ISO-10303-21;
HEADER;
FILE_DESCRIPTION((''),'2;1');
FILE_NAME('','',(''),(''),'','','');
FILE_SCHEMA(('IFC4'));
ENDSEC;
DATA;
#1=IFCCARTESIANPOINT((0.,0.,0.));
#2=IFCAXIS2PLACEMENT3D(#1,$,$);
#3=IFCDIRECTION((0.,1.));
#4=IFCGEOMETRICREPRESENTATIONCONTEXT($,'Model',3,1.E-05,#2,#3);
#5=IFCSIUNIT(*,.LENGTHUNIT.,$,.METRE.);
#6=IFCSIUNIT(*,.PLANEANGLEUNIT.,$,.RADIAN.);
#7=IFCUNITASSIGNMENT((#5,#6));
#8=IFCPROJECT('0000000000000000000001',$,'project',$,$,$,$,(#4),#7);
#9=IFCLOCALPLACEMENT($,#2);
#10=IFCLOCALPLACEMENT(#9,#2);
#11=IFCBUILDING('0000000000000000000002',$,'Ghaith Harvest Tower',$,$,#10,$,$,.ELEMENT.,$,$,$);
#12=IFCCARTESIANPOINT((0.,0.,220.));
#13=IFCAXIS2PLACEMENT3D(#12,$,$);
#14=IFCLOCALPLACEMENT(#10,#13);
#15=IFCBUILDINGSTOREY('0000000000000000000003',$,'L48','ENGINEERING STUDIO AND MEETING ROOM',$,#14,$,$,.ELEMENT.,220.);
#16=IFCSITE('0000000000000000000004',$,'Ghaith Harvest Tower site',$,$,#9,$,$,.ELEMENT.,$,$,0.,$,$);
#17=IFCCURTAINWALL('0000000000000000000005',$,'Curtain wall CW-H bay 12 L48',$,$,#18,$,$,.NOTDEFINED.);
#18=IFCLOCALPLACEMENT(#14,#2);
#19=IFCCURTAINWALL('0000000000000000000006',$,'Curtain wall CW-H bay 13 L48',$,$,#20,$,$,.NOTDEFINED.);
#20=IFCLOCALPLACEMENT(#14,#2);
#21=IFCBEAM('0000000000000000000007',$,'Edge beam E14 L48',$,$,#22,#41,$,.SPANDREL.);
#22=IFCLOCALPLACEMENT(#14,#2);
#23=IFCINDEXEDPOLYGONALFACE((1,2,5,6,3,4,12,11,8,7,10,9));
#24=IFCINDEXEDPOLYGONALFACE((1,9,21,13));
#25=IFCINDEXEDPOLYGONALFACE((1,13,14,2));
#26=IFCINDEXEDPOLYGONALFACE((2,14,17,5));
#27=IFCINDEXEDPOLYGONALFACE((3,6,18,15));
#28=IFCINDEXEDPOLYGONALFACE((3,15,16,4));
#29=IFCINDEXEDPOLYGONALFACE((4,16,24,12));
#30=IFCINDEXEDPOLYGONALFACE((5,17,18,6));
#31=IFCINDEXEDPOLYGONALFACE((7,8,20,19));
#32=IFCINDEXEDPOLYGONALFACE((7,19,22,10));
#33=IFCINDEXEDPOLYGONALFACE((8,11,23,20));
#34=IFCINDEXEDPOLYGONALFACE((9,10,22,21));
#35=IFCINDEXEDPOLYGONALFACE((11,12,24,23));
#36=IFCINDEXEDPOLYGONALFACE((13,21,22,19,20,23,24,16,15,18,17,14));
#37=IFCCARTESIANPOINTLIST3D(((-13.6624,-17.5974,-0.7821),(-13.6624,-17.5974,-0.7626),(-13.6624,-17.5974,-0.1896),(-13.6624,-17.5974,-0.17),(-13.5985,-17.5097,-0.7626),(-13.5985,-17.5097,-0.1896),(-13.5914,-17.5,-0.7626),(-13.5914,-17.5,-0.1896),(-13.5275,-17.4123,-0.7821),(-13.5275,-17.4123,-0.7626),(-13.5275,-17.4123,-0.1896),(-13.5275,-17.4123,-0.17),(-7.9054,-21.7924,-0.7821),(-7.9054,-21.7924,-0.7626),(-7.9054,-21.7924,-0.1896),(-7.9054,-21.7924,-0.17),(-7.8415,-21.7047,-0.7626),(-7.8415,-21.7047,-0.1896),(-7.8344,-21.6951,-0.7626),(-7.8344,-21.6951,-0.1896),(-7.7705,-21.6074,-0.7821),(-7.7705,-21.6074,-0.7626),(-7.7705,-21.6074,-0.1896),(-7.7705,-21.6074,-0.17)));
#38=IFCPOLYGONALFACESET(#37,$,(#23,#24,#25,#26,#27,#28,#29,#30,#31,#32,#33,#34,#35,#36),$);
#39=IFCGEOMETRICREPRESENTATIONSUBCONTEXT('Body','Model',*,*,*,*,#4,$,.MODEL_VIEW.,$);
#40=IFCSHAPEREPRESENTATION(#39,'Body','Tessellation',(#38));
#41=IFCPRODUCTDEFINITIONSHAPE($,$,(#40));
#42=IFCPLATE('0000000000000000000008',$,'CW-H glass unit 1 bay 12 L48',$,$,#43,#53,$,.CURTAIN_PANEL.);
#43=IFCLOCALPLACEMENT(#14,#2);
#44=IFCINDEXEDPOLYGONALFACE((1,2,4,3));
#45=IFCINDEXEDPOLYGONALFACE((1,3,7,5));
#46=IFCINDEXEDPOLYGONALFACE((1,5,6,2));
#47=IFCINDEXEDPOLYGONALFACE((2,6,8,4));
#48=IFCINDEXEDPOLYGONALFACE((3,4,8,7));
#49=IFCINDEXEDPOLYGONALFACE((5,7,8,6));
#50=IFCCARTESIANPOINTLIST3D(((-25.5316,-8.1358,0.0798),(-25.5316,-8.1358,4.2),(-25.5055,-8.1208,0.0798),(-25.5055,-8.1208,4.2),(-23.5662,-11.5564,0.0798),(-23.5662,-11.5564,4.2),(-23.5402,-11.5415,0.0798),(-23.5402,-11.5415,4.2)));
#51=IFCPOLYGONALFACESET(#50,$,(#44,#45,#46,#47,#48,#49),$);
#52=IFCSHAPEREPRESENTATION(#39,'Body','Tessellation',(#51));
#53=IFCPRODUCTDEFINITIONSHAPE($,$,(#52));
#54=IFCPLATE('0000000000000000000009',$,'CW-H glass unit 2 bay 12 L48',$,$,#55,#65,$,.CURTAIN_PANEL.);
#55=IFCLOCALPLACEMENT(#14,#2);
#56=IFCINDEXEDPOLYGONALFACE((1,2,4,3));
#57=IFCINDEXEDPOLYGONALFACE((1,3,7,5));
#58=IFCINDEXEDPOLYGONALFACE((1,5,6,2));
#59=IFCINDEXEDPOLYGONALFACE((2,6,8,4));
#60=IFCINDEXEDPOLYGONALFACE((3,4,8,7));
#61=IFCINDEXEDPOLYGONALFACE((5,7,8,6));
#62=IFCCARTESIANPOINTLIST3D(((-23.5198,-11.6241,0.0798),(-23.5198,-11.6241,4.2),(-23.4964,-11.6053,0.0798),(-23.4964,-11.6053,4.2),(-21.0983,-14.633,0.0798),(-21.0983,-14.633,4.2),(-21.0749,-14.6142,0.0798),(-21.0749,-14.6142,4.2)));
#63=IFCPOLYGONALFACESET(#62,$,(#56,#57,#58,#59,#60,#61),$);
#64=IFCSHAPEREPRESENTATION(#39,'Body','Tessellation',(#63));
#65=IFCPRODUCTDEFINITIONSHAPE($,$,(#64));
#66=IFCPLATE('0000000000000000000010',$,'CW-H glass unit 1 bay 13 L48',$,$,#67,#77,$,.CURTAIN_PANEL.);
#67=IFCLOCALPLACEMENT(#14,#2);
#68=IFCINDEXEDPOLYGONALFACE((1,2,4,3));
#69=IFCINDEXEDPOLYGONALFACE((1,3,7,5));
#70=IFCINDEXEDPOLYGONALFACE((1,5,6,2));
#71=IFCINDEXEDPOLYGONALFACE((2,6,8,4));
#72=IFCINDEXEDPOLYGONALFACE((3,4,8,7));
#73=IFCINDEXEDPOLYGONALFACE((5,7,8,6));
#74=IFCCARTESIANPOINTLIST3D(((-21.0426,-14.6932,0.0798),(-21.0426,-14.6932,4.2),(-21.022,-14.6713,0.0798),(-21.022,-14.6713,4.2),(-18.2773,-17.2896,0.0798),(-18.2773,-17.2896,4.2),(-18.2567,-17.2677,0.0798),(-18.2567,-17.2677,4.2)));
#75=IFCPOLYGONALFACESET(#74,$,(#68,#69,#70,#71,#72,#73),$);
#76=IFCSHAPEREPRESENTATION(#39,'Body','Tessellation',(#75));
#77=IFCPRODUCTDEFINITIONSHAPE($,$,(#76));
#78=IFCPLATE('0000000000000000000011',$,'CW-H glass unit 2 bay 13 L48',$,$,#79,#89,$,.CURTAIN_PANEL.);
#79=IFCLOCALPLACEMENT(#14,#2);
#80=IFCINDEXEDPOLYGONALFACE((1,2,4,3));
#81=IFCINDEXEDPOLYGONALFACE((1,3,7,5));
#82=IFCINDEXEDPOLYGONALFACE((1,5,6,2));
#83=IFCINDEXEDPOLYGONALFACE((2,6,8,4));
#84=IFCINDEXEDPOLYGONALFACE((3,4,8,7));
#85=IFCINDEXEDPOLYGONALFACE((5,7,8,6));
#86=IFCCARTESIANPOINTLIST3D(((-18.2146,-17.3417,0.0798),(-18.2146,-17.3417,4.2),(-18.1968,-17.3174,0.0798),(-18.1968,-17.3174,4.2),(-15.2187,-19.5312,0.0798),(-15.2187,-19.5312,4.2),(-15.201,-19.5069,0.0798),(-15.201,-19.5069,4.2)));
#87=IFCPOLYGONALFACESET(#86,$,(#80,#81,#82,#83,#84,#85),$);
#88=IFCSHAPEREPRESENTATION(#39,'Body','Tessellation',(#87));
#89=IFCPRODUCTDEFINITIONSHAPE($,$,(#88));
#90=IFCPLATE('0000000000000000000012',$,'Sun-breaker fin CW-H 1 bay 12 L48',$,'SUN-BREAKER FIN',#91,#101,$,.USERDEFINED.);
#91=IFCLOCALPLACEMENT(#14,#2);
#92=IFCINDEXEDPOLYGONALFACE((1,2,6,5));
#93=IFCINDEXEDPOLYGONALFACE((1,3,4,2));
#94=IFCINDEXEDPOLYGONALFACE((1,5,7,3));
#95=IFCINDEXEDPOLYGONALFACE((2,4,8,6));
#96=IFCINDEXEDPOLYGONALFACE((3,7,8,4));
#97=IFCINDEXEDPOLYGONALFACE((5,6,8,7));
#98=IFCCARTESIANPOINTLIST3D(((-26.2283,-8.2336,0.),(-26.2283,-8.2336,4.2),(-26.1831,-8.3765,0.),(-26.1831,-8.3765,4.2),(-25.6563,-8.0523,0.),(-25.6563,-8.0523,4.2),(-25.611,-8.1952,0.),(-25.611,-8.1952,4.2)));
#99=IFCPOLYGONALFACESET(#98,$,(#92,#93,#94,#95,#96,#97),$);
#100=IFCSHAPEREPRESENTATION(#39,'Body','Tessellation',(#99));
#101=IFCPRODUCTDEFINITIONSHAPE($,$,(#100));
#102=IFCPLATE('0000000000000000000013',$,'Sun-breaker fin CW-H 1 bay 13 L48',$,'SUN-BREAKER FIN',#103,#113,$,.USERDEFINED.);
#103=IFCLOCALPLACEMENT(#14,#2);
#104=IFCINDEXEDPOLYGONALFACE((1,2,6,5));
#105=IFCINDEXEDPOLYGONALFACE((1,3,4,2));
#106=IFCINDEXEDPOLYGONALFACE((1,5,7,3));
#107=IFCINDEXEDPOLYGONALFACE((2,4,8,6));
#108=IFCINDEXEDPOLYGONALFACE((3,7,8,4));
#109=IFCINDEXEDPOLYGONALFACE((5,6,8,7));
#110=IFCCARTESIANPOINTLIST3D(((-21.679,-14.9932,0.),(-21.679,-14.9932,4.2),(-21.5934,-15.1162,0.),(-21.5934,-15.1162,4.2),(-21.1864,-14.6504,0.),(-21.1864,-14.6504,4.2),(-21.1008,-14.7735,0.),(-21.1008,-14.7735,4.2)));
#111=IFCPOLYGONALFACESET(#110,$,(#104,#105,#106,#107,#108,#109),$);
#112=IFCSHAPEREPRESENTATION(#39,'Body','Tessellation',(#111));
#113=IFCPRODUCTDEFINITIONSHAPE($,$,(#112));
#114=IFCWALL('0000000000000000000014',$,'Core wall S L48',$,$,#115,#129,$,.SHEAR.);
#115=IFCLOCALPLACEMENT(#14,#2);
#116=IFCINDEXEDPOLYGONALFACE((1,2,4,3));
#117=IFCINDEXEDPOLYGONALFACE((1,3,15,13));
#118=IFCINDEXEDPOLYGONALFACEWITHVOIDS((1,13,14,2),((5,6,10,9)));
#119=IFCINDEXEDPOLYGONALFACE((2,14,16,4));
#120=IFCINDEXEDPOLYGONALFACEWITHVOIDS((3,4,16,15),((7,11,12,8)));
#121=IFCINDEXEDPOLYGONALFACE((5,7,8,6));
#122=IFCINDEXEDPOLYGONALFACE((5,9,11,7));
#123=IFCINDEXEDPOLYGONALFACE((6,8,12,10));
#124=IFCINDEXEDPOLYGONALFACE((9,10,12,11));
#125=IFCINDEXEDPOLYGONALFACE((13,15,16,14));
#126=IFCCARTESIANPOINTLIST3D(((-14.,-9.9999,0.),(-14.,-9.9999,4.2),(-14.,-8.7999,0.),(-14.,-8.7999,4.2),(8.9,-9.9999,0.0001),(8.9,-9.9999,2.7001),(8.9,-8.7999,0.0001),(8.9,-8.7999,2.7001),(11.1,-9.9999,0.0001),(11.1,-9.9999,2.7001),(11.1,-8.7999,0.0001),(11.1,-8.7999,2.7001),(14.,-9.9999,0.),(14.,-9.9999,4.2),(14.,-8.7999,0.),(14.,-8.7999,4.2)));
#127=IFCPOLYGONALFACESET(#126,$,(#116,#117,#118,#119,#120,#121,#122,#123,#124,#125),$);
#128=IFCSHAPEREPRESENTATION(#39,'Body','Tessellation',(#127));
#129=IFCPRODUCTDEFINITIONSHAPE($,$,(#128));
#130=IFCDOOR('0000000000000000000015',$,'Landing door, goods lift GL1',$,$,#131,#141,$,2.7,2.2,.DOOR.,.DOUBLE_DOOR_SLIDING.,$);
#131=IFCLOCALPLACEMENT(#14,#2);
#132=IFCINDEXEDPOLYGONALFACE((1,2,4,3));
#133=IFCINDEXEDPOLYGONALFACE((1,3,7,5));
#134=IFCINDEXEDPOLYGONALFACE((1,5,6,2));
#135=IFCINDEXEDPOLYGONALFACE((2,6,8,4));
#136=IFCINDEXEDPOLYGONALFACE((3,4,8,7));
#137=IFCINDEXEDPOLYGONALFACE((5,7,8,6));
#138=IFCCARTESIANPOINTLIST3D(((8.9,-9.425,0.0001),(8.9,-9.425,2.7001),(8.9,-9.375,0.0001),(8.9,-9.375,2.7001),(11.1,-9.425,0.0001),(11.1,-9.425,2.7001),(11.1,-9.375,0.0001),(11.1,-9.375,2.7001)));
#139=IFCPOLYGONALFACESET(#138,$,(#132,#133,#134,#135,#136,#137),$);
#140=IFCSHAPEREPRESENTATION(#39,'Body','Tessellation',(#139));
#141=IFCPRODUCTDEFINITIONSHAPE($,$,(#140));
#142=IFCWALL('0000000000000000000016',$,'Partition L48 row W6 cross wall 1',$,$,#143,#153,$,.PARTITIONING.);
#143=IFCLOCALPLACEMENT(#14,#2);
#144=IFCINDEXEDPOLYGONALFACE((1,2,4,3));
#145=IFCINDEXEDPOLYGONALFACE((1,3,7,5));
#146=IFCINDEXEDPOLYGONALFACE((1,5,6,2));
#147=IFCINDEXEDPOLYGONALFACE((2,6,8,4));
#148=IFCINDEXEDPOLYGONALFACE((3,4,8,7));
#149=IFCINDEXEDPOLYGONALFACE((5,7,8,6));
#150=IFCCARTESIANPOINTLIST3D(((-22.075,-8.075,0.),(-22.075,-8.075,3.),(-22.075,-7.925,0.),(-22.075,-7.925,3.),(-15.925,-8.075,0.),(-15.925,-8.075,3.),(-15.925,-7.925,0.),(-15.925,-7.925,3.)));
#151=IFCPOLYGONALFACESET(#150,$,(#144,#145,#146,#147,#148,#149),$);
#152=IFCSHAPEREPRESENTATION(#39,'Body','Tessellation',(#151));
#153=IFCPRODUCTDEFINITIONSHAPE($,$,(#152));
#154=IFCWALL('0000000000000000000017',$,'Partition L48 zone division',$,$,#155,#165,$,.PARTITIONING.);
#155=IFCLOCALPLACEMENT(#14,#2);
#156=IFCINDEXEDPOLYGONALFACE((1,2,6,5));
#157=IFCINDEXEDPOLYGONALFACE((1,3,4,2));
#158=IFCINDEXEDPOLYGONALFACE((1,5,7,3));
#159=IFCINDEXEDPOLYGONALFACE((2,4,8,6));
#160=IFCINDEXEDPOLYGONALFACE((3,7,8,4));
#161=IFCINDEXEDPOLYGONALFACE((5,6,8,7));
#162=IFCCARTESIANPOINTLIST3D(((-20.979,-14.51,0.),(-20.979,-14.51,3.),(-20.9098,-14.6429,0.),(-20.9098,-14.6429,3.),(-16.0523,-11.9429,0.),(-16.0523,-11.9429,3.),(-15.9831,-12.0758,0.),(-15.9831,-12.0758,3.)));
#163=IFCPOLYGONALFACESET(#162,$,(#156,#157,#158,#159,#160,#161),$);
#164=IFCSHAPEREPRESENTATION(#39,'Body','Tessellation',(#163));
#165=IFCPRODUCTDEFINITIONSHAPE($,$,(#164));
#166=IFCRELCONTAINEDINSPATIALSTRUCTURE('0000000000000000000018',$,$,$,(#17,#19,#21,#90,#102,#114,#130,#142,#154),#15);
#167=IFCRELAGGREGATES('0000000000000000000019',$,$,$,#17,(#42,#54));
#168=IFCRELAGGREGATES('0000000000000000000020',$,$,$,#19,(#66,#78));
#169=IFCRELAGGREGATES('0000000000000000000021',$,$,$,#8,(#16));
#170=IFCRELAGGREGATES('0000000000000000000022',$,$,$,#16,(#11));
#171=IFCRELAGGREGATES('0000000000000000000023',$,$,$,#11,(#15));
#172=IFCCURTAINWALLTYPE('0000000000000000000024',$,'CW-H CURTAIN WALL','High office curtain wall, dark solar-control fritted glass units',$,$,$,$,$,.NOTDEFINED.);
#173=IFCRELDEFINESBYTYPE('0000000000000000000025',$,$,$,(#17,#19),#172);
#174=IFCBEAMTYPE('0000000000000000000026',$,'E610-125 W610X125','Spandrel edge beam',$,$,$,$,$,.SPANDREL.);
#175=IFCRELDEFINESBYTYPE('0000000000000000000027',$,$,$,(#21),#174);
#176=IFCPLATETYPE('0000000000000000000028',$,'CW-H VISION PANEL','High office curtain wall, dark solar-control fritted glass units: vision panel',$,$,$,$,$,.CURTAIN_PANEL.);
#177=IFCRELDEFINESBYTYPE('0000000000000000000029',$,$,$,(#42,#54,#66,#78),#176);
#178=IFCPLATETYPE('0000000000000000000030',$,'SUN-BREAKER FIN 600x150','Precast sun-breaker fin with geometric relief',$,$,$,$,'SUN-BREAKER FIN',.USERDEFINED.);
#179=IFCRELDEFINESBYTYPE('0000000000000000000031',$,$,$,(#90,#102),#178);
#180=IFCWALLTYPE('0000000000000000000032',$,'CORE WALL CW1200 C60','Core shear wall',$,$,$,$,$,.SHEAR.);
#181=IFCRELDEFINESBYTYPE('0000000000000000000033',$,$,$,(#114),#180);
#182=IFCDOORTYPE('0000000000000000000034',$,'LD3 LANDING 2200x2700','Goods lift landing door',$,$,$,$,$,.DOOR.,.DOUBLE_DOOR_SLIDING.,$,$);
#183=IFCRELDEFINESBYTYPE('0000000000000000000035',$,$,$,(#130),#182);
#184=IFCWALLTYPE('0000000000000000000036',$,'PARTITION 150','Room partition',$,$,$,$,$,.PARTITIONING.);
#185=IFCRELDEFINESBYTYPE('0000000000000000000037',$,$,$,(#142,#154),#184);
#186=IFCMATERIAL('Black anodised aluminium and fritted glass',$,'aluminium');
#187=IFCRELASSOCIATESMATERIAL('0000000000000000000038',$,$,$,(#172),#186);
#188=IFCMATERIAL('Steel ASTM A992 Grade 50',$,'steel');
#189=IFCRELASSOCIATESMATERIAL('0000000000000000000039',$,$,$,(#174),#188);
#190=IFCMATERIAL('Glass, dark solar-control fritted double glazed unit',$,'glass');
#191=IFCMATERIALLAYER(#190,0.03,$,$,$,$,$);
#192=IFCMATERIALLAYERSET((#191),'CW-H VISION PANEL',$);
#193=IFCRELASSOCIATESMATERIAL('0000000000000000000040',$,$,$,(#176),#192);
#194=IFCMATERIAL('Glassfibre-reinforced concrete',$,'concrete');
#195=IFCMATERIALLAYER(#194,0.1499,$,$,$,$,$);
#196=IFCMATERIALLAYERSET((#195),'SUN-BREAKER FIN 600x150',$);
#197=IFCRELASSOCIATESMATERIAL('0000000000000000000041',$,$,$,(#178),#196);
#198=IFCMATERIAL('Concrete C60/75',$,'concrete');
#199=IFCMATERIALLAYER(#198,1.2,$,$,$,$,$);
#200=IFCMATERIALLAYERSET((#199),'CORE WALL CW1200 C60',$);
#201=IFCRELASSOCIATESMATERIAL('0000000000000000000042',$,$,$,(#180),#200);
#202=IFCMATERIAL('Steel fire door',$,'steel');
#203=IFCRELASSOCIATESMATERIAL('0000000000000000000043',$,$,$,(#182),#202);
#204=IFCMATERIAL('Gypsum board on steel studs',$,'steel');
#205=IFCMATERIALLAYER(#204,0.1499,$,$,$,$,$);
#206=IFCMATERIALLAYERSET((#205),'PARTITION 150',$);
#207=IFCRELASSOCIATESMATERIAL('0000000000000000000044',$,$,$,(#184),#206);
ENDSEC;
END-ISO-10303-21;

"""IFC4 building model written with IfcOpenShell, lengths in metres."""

from ifc_helpers import new_model, si_unit, direction, frame, frame_2d, origin, origin_2d, place, context, subcontext, project, spatial, rectangle, i_section, extrude, material, layer, layer_set, material_profile, profile_set, type_object, element, fill, aggregate, save


model = new_model("IFC4")

# Units and contexts
model_context = context("Model", 3, precision=1e-05, world=origin(), true_north=direction((0.0, 1.0)))
body_context = subcontext(model_context, "Body", "Model", "MODEL_VIEW")
ifc_project = project(units=[si_unit("LENGTHUNIT", "METRE"), si_unit("PLANEANGLEUNIT", "RADIAN")], contexts=[model_context])

# Site, building, storey
site_placement = place(None, origin())
site = spatial("IfcSite", under=ifc_project, at=site_placement, Name="Ghaith Harvest Tower site", CompositionType="ELEMENT", RefElevation=0.0)
building_placement = place(site_placement, origin())
building = spatial("IfcBuilding", under=site, at=building_placement, Name="Ghaith Harvest Tower", CompositionType="ELEMENT")
storey_placement = place(building_placement, frame((0.0, 0.0, 220.0)))
storey = spatial("IfcBuildingStorey", under=building, at=storey_placement, Name="L48", Description="ENGINEERING STUDIO AND MEETING ROOM", CompositionType="ELEMENT", Elevation=220.0)

# Curtain walls
ifc_material_1 = material(Name="Black anodised aluminium and fritted glass", Category="aluminium")
curtain_wall_type = type_object("IfcCurtainWallType", Name="CW-H CURTAIN WALL", Description="High office curtain wall, dark solar-control fritted glass units", PredefinedType="NOTDEFINED", material=ifc_material_1)
curtain_wall_1_placement = place(storey_placement, origin())
curtain_wall_1 = element("IfcCurtainWall", 1, at=curtain_wall_1_placement, inside=storey, type_object=curtain_wall_type, Name="Curtain wall CW-H bay 12 L48", PredefinedType="NOTDEFINED")
curtain_wall_2_placement = place(storey_placement, origin())
curtain_wall_2 = element("IfcCurtainWall", 2, at=curtain_wall_2_placement, inside=storey, type_object=curtain_wall_type, Name="Curtain wall CW-H bay 13 L48", PredefinedType="NOTDEFINED")

# Beam
ifc_material_2 = material(Name="Steel ASTM A992 Grade 50", Category="steel")
ifc_material_profile_1 = material_profile(ifc_material_2, i_section(OverallWidth=0.229, OverallDepth=0.6121, WebThickness=0.012, FlangeThickness=0.0195, at=origin_2d()), Name="W610X125")
ifc_profile_set_1 = profile_set([ifc_material_profile_1], Name="Steel ASTM A992 Grade 50")
beam_type = type_object("IfcBeamType", Name="E610-125 W610X125", Description="Spandrel edge beam", PredefinedType="SPANDREL", material=ifc_profile_set_1)
beam_1_placement = place(storey_placement, frame((-13.595, -17.5049, -0.4761), z_axis=(0.808195, -0.588915, 0.0), x_axis=(0.588915, 0.808195, 0.0)))
element("IfcBeam", 3, at=beam_1_placement, inside=storey, type_object=beam_type, Name="Edge beam E14 L48", PredefinedType="SPANDREL", context=body_context, shape_type="SweptSolid", body=[
    extrude(i_section(OverallWidth=0.229, OverallDepth=0.6121, WebThickness=0.012, FlangeThickness=0.0195, at=origin_2d()), origin(), (0.0, 0.0, 1.0), 7.1233),
])

# Plates
ifc_material_3 = material(Name="Glass, dark solar-control fritted double glazed unit", Category="glass")
ifc_layer_1 = layer(ifc_material_3, 0.03)
ifc_layer_set_1 = layer_set([ifc_layer_1], Name="CW-H VISION PANEL")
plate_type_1 = type_object("IfcPlateType", Name="CW-H VISION PANEL", Description="High office curtain wall, dark solar-control fritted glass units: vision panel", PredefinedType="CURTAIN_PANEL", material=ifc_layer_set_1)
plate_1_placement = place(storey_placement, frame((-24.5359, -9.8386, 0.0798), z_axis=(0.0, 0.0, 1.0), x_axis=(0.49818, -0.867074, 0.0)))
plate_1 = element("IfcPlate", 4, at=plate_1_placement, type_object=plate_type_1, Name="CW-H glass unit 1 bay 12 L48", PredefinedType="CURTAIN_PANEL", context=body_context, shape_type="SweptSolid", body=[
    extrude(rectangle(XDim=3.9451, YDim=0.03, at=origin_2d()), origin(), (0.0, 0.0, 1.0), 4.1201),
])
plate_2_placement = place(storey_placement, frame((-22.2974, -13.1191, 0.0798), z_axis=(0.0, 0.0, 1.0), x_axis=(0.626957, -0.779054, 0.0)))
plate_2 = element("IfcPlate", 5, at=plate_2_placement, type_object=plate_type_1, Name="CW-H glass unit 2 bay 12 L48", PredefinedType="CURTAIN_PANEL", context=body_context, shape_type="SweptSolid", body=[
    extrude(rectangle(XDim=3.8623, YDim=0.03, at=origin_2d()), origin(), (0.0, 0.0, 1.0), 4.1201),
])
aggregate(curtain_wall_1, [plate_1, plate_2])
plate_3_placement = place(storey_placement, frame((-19.6497, -15.9805, 0.0798), z_axis=(0.0, 0.0, 1.0), x_axis=(0.729017, -0.684496, 0.0)))
plate_3 = element("IfcPlate", 6, at=plate_3_placement, type_object=plate_type_1, Name="CW-H glass unit 1 bay 13 L48", PredefinedType="CURTAIN_PANEL", context=body_context, shape_type="SweptSolid", body=[
    extrude(rectangle(XDim=3.7932, YDim=0.03, at=origin_2d()), origin(), (0.0, 0.0, 1.0), 4.1201),
])
plate_4_placement = place(storey_placement, frame((-16.7078, -18.4243, 0.0798), z_axis=(0.0, 0.0, 1.0), x_axis=(0.807364, -0.590054, 0.0)))
plate_4 = element("IfcPlate", 7, at=plate_4_placement, type_object=plate_type_1, Name="CW-H glass unit 2 bay 13 L48", PredefinedType="CURTAIN_PANEL", context=body_context, shape_type="SweptSolid", body=[
    extrude(rectangle(XDim=3.7107, YDim=0.03, at=origin_2d()), origin(), (0.0, 0.0, 1.0), 4.1201),
])
aggregate(curtain_wall_2, [plate_3, plate_4])

# Plates
ifc_material_4 = material(Name="Glassfibre-reinforced concrete", Category="concrete")
ifc_layer_2 = layer(ifc_material_4, 0.1499)
ifc_layer_set_2 = layer_set([ifc_layer_2], Name="SUN-BREAKER FIN 600x150")
plate_type_2 = type_object("IfcPlateType", Name="SUN-BREAKER FIN 600x150", Description="Precast sun-breaker fin with geometric relief", ElementType="SUN-BREAKER FIN", PredefinedType="USERDEFINED", material=ifc_layer_set_2)
for number, where, z_axis, x_axis, name in (
    (8, (-25.9197, -8.2144, 0.0), (0.0, 0.0, 1.0), (-0.953273, -0.30211, 0.0), "Sun-breaker fin CW-H 1 bay 12 L48"),
    (9, (-21.3899, -14.8833, 0.0), (0.0, 0.0, 1.0), (-0.820845, -0.57115, 0.0), "Sun-breaker fin CW-H 1 bay 13 L48"),
):
    element("IfcPlate", number, at=place(storey_placement, frame(where, z_axis=z_axis, x_axis=x_axis)), inside=storey, type_object=plate_type_2, Name=name, ObjectType="SUN-BREAKER FIN", PredefinedType="USERDEFINED", context=body_context, shape_type="SweptSolid", body=[
        extrude(rectangle(XDim=0.6001, YDim=0.1499, at=origin_2d()), origin(), (0.0, 0.0, 1.0), 4.2),
    ])

# Wall, opening, door
ifc_material_5 = material(Name="Concrete C60/75", Category="concrete")
ifc_layer_3 = layer(ifc_material_5, 1.2)
ifc_layer_set_3 = layer_set([ifc_layer_3], Name="CORE WALL CW1200 C60")
wall_type_1 = type_object("IfcWallType", Name="CORE WALL CW1200 C60", Description="Core shear wall", PredefinedType="SHEAR", material=ifc_layer_set_3)
wall_1_placement = place(storey_placement, frame((-14.0, -9.3999, 0.0), z_axis=(0.0, 0.0, 1.0), x_axis=(1.0, 0.0, 0.0)))
wall_1 = element("IfcWall", 10, at=wall_1_placement, inside=storey, type_object=wall_type_1, Name="Core wall S L48", PredefinedType="SHEAR", context=body_context, shape_type="SweptSolid", body=[
    extrude(rectangle(XDim=28.0, YDim=1.2, at=frame_2d((14.0, 0.0))), origin(), (0.0, 0.0, 1.0), 4.2),
])
opening_1_placement = place(wall_1_placement, frame((22.8999, 0.0, 0.0)))
opening_1 = element("IfcOpeningElement", 11, at=opening_1_placement, cuts=wall_1, PredefinedType="OPENING", context=body_context, shape_type="SweptSolid", body=[
    extrude(rectangle(XDim=2.2, YDim=2.7, at=frame_2d((1.1001, 1.3501))), frame((0.0, 0.6099, 0.0), z_axis=(0.0, -1.0, 0.0), x_axis=(1.0, 0.0, 0.0)), (0.0, 0.0, 1.0), 1.22),
])
ifc_material_6 = material(Name="Steel fire door", Category="steel")
door_type_1 = type_object("IfcDoorType", Name="LD3 LANDING 2200x2700", Description="Goods lift landing door", OperationType="DOUBLE_DOOR_SLIDING", PredefinedType="DOOR", material=ifc_material_6)
door_1_placement = place(opening_1_placement, origin())
door_1 = element("IfcDoor", 12, at=door_1_placement, inside=storey, type_object=door_type_1, Name="Landing door, goods lift GL1", OperationType="DOUBLE_DOOR_SLIDING", OverallHeight=2.7, OverallWidth=2.2, PredefinedType="DOOR", context=body_context, shape_type="SweptSolid", body=[
    extrude(rectangle(XDim=2.2, YDim=2.7, at=frame_2d((1.1001, 1.3501))), frame((0.0, 0.0249, 0.0), z_axis=(0.0, -1.0, 0.0), x_axis=(1.0, 0.0, 0.0)), (0.0, 0.0, 1.0), 0.05),
])
fill(opening_1, door_1)

# Walls
ifc_material_7 = material(Name="Gypsum board on steel studs", Category="steel")
ifc_layer_4 = layer(ifc_material_7, 0.1499)
ifc_layer_set_4 = layer_set([ifc_layer_4], Name="PARTITION 150")
wall_type_2 = type_object("IfcWallType", Name="PARTITION 150", Description="Room partition", PredefinedType="PARTITIONING", material=ifc_layer_set_4)
wall_2_placement = place(storey_placement, frame((-15.925, -8.0, 0.0), z_axis=(0.0, 0.0, 1.0), x_axis=(-1.0, 0.0, 0.0)))
element("IfcWall", 13, at=wall_2_placement, inside=storey, type_object=wall_type_2, Name="Partition L48 row W6 cross wall 1", PredefinedType="PARTITIONING", context=body_context, shape_type="SweptSolid", body=[
    extrude(rectangle(XDim=6.1499, YDim=0.1499, at=frame_2d((3.075, 0.0))), origin(), (0.0, 0.0, 1.0), 3.0),
])
wall_3_placement = place(storey_placement, frame((-16.0176, -12.0093, 0.0), z_axis=(0.0, 0.0, 1.0), x_axis=(-0.886832, -0.462093, 0.0)))
element("IfcWall", 14, at=wall_3_placement, inside=storey, type_object=wall_type_2, Name="Partition L48 zone division", PredefinedType="PARTITIONING", context=body_context, shape_type="SweptSolid", body=[
    extrude(rectangle(XDim=5.5554, YDim=0.1499, at=frame_2d((2.7778, 0.0))), origin(), (0.0, 0.0, 1.0), 3.0),
])

save(model, "model.ifc")
